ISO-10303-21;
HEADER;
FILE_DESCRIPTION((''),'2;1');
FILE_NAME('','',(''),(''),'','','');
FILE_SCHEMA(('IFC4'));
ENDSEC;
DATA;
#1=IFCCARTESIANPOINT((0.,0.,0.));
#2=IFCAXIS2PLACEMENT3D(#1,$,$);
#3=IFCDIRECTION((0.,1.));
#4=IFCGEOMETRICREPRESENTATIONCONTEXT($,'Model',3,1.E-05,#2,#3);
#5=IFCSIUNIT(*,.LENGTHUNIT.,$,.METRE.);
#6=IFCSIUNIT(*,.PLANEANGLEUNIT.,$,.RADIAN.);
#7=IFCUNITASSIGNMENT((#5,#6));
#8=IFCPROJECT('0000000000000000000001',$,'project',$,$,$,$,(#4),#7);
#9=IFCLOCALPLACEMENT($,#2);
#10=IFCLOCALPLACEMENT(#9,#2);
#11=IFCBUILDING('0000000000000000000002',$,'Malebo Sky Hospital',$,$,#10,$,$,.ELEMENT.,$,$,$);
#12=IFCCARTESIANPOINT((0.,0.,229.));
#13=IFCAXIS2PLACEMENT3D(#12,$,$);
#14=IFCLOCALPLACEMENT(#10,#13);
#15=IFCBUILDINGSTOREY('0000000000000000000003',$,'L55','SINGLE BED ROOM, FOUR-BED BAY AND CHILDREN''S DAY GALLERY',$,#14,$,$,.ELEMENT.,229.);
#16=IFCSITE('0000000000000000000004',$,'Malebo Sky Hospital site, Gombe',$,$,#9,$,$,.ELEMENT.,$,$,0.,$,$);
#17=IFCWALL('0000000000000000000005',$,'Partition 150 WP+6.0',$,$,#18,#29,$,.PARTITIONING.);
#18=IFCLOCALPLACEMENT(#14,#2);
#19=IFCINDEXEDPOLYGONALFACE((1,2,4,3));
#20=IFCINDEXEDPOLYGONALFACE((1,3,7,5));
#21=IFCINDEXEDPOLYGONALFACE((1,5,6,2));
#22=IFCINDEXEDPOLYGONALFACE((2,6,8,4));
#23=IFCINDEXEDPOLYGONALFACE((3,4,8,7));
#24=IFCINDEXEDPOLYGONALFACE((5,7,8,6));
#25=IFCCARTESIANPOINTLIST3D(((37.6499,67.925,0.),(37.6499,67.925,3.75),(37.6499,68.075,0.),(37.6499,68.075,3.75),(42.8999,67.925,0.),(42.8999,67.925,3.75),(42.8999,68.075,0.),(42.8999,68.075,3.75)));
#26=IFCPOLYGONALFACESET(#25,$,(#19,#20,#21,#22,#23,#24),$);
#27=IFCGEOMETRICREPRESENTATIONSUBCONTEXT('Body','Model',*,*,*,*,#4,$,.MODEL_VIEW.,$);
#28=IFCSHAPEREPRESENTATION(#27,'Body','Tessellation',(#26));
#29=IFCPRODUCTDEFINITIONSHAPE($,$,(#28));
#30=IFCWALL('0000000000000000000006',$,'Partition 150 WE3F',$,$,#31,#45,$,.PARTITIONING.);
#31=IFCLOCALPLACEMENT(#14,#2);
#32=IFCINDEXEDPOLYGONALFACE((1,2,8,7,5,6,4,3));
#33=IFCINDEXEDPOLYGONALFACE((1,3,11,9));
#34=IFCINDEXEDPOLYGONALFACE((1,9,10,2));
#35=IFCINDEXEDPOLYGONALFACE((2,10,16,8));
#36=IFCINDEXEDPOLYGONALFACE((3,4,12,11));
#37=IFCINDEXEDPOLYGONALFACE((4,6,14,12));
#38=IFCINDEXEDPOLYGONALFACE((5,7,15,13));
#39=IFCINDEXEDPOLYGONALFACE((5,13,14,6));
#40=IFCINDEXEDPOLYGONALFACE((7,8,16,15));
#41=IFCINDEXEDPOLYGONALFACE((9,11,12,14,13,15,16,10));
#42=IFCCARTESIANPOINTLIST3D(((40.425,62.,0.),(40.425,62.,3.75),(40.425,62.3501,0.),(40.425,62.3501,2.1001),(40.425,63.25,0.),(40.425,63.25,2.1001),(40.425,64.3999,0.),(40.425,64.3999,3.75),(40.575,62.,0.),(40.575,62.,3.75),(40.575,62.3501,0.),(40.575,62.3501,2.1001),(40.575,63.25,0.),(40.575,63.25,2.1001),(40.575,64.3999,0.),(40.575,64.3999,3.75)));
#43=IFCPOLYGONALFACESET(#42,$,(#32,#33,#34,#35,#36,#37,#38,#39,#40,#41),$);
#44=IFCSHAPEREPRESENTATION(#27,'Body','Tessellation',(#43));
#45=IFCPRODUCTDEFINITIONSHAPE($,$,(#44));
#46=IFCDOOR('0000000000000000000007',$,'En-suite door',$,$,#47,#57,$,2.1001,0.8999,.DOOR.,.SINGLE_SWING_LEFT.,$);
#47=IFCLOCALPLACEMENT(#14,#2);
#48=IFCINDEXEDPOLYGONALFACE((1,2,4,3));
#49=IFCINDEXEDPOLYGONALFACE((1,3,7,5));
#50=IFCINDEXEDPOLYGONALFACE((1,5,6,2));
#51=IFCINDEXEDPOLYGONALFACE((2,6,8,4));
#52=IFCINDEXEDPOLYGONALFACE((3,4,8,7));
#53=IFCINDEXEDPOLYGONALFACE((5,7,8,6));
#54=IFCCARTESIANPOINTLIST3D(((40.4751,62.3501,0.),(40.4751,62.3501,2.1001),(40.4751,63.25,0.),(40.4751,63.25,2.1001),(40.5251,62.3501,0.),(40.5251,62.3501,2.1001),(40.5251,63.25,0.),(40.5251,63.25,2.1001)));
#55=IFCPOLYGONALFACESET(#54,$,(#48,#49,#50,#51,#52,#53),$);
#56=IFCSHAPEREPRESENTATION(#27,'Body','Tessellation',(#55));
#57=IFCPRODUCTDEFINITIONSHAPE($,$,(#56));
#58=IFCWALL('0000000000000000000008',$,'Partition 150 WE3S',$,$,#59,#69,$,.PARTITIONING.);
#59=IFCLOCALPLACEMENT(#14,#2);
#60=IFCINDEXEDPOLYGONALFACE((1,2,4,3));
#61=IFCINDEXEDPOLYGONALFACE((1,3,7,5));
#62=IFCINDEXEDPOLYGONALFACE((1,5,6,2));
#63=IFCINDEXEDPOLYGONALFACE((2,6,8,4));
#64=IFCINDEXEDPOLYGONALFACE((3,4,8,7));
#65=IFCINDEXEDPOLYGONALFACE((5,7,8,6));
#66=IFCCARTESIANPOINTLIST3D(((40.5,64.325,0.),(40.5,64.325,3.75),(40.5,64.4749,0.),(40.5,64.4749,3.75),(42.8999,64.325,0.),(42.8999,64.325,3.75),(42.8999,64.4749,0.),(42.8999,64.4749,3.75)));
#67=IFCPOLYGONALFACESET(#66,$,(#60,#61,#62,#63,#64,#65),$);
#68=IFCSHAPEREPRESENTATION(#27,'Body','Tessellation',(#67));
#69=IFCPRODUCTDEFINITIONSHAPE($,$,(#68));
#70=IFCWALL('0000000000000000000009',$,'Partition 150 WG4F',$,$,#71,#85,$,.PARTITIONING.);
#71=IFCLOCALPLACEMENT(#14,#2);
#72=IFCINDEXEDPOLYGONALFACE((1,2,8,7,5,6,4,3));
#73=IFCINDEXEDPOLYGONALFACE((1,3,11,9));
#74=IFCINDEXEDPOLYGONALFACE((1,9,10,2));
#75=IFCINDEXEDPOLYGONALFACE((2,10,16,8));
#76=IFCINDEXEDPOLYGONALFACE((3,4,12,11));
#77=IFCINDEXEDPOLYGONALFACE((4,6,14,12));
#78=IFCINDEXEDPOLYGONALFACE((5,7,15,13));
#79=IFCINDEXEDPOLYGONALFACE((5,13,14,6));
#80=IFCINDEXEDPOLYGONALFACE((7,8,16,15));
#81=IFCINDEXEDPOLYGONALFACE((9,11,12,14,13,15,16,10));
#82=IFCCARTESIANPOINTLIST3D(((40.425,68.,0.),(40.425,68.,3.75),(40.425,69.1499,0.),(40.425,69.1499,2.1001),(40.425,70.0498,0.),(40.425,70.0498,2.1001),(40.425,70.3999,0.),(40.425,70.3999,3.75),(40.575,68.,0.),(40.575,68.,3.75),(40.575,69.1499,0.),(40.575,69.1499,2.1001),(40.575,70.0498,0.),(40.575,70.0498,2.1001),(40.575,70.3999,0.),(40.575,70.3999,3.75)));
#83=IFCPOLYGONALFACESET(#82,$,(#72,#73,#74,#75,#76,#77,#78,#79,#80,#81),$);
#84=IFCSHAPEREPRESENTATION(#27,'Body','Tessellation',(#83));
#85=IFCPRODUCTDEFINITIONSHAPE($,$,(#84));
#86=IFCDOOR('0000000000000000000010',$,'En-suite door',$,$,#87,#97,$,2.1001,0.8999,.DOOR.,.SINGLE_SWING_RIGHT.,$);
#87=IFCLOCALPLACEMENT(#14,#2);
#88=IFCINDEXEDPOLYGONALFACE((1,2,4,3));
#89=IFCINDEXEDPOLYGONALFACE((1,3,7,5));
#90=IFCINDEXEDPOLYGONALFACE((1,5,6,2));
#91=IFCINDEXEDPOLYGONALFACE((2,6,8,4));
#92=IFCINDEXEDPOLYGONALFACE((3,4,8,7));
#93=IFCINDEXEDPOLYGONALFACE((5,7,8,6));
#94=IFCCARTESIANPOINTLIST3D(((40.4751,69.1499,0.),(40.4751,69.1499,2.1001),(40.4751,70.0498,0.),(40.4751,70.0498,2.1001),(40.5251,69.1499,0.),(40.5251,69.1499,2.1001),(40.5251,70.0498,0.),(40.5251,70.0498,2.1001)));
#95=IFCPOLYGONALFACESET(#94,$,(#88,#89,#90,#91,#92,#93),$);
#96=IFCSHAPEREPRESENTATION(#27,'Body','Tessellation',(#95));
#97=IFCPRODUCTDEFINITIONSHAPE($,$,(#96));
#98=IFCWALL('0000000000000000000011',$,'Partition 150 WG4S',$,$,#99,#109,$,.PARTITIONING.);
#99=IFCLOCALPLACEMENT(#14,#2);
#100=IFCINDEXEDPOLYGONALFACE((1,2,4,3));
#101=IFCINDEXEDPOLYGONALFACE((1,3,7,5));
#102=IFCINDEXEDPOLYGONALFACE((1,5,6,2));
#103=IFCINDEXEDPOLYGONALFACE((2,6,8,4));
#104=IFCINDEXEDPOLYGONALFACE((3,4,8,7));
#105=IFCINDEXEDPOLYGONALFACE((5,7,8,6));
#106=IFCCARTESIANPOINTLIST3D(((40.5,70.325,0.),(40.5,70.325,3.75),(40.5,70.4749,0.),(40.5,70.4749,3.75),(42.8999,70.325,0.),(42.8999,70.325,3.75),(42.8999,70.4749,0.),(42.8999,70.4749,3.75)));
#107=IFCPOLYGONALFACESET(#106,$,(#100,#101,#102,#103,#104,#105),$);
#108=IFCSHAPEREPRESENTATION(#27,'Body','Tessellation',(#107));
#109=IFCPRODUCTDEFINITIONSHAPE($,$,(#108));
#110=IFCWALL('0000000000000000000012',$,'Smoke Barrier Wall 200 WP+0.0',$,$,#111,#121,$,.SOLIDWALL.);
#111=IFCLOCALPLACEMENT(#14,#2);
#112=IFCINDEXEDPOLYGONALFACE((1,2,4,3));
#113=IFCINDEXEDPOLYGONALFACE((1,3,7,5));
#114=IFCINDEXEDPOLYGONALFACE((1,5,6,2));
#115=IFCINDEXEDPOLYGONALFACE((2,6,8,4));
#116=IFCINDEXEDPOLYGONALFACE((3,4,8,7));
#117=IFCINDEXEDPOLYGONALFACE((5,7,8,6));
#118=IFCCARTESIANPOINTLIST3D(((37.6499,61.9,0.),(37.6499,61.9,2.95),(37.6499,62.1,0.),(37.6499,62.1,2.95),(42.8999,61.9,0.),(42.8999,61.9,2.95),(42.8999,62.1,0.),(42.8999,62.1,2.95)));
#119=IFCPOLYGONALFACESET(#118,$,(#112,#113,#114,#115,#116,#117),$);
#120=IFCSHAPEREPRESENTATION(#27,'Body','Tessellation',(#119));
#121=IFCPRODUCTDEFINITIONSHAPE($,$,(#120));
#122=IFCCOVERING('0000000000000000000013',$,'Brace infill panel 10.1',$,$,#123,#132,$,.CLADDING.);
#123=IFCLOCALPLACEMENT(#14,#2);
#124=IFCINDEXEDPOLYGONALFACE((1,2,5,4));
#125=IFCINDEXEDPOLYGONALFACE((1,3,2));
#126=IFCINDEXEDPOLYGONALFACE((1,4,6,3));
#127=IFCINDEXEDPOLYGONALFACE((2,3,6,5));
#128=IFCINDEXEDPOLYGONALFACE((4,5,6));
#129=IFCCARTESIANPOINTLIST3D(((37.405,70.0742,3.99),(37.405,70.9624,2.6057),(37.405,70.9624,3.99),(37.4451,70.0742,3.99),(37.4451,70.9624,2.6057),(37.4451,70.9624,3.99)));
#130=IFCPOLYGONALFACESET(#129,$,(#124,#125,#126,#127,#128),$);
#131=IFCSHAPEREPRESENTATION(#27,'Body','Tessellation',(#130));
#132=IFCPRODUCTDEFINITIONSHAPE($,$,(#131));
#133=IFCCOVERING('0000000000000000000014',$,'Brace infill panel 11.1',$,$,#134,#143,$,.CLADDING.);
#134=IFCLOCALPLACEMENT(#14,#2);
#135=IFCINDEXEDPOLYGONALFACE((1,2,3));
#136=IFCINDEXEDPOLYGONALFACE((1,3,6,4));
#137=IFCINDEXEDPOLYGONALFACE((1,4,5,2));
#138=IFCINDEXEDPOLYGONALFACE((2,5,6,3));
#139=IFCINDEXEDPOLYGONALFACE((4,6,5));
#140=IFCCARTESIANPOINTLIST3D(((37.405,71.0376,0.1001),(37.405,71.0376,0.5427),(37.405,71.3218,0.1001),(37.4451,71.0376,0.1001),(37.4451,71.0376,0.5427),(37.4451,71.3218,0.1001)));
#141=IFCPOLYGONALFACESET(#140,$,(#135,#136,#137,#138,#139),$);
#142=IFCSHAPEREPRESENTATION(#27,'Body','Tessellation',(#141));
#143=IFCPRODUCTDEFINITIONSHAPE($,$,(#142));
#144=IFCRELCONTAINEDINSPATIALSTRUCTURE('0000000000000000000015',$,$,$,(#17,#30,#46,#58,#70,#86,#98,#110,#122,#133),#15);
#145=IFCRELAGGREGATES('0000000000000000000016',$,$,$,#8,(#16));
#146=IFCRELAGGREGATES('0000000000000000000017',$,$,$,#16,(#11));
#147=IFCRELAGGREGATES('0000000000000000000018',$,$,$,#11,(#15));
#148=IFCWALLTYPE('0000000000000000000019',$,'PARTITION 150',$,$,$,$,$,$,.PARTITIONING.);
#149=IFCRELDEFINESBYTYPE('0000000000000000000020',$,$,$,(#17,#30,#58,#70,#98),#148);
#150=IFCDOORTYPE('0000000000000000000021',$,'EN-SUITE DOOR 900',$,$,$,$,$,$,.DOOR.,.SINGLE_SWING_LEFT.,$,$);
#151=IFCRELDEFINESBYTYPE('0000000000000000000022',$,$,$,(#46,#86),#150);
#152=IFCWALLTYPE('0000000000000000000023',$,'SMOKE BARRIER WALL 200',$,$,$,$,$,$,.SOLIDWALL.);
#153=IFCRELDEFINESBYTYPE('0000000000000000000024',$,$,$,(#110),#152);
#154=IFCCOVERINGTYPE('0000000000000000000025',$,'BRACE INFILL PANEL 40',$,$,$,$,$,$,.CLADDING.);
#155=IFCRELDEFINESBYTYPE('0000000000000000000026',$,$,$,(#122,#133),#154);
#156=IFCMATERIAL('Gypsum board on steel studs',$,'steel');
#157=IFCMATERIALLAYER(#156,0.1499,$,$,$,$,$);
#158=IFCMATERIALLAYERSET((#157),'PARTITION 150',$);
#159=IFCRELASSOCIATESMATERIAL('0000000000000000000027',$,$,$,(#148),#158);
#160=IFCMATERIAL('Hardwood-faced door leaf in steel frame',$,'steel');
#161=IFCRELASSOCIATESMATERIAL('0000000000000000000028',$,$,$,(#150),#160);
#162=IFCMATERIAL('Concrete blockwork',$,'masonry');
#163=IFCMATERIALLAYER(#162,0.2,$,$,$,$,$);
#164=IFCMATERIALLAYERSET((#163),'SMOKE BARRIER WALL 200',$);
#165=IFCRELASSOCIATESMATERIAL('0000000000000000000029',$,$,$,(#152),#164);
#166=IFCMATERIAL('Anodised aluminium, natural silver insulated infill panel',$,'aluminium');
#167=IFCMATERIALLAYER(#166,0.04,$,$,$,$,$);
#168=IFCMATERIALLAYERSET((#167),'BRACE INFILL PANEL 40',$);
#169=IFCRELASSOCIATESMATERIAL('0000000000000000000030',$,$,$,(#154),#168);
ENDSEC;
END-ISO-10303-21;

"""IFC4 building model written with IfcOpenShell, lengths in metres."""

from ifc_helpers import new_model, si_unit, direction, frame, frame_2d, origin, place, context, subcontext, project, spatial, polyline, rectangle, outline, extrude, material, layer, layer_set, type_object, element, fill, save


model = new_model("IFC4")

# Units and contexts
model_context = context("Model", 3, precision=1e-05, world=origin(), true_north=direction((0.0, 1.0)))
body_context = subcontext(model_context, "Body", "Model", "MODEL_VIEW")
ifc_project = project(units=[si_unit("LENGTHUNIT", "METRE"), si_unit("PLANEANGLEUNIT", "RADIAN")], contexts=[model_context])

# Site, building, storey
site_placement = place(None, origin())
site = spatial("IfcSite", under=ifc_project, at=site_placement, Name="Malebo Sky Hospital site, Gombe", CompositionType="ELEMENT", RefElevation=0.0)
building_placement = place(site_placement, origin())
building = spatial("IfcBuilding", under=site, at=building_placement, Name="Malebo Sky Hospital", CompositionType="ELEMENT")
storey_placement = place(building_placement, frame((0.0, 0.0, 229.0)))
storey = spatial("IfcBuildingStorey", under=building, at=storey_placement, Name="L55", Description="SINGLE BED ROOM, FOUR-BED BAY AND CHILDREN'S DAY GALLERY", CompositionType="ELEMENT", Elevation=229.0)

# Shared definitions
ifc_material_1 = material(Name="Gypsum board on steel studs", Category="steel")
ifc_material_2 = material(Name="Hardwood-faced door leaf in steel frame", Category="steel")

# Wall
ifc_layer_1 = layer(ifc_material_1, 0.1499)
ifc_layer_set_1 = layer_set([ifc_layer_1], Name="PARTITION 150")
wall_type_1 = type_object("IfcWallType", Name="PARTITION 150", PredefinedType="PARTITIONING", material=ifc_layer_set_1)
wall_1_placement = place(storey_placement, frame((42.8999, 68.0, 0.0), z_axis=(0.0, 0.0, 1.0), x_axis=(-1.0, 0.0, 0.0)))
element("IfcWall", 1, at=wall_1_placement, inside=storey, type_object=wall_type_1, Name="Partition 150 WP+6.0", PredefinedType="PARTITIONING", context=body_context, shape_type="SweptSolid", body=[
    extrude(rectangle(XDim=5.25, YDim=0.1499, at=frame_2d((2.625, 0.0))), origin(), (0.0, 0.0, 1.0), 3.75),
])

# Wall, opening, door
wall_2_placement = place(storey_placement, frame((40.5, 62.0, 0.0), z_axis=(0.0, 0.0, 1.0), x_axis=(0.0, 1.0, 0.0)))
wall_2 = element("IfcWall", 2, at=wall_2_placement, inside=storey, type_object=wall_type_1, Name="Partition 150 WE3F", PredefinedType="PARTITIONING", context=body_context, shape_type="SweptSolid", body=[
    extrude(rectangle(XDim=2.3999, YDim=0.1499, at=frame_2d((1.2, 0.0))), origin(), (0.0, 0.0, 1.0), 3.75),
])
opening_1_placement = place(wall_2_placement, frame((0.3501, 0.0, 0.0)))
opening_1 = element("IfcOpeningElement", 3, at=opening_1_placement, cuts=wall_2, PredefinedType="OPENING", context=body_context, shape_type="SweptSolid", body=[
    extrude(rectangle(XDim=0.8999, YDim=2.1001, at=frame_2d((0.45, 1.05))), frame((0.0, 0.085, 0.0), z_axis=(0.0, -1.0, 0.0), x_axis=(1.0, 0.0, 0.0)), (0.0, 0.0, 1.0), 0.1699),
])
door_type_1 = type_object("IfcDoorType", Name="EN-SUITE DOOR 900", OperationType="SINGLE_SWING_LEFT", PredefinedType="DOOR", material=ifc_material_2)
door_1_placement = place(opening_1_placement, origin())
door_1 = element("IfcDoor", 4, at=door_1_placement, inside=storey, type_object=door_type_1, Name="En-suite door", OperationType="SINGLE_SWING_LEFT", OverallHeight=2.1001, OverallWidth=0.8999, PredefinedType="DOOR", context=body_context, shape_type="SweptSolid", body=[
    extrude(rectangle(XDim=0.8999, YDim=2.1001, at=frame_2d((0.45, 1.05))), frame((0.0, 0.0249, 0.0), z_axis=(0.0, -1.0, 0.0), x_axis=(1.0, 0.0, 0.0)), (0.0, 0.0, 1.0), 0.05),
])
fill(opening_1, door_1)

# Wall
wall_3_placement = place(storey_placement, frame((42.8999, 64.3999, 0.0), z_axis=(0.0, 0.0, 1.0), x_axis=(-1.0, 0.0, 0.0)))
element("IfcWall", 5, at=wall_3_placement, inside=storey, type_object=wall_type_1, Name="Partition 150 WE3S", PredefinedType="PARTITIONING", context=body_context, shape_type="SweptSolid", body=[
    extrude(rectangle(XDim=2.3999, YDim=0.1499, at=frame_2d((1.2, 0.0))), origin(), (0.0, 0.0, 1.0), 3.75),
])

# Wall, opening, door
wall_4_placement = place(storey_placement, frame((40.5, 68.0, 0.0), z_axis=(0.0, 0.0, 1.0), x_axis=(0.0, 1.0, 0.0)))
wall_4 = element("IfcWall", 6, at=wall_4_placement, inside=storey, type_object=wall_type_1, Name="Partition 150 WG4F", PredefinedType="PARTITIONING", context=body_context, shape_type="SweptSolid", body=[
    extrude(rectangle(XDim=2.3999, YDim=0.1499, at=frame_2d((1.2, 0.0))), origin(), (0.0, 0.0, 1.0), 3.75),
])
opening_2_placement = place(wall_4_placement, frame((1.1499, 0.0, 0.0)))
opening_2 = element("IfcOpeningElement", 7, at=opening_2_placement, cuts=wall_4, PredefinedType="OPENING", context=body_context, shape_type="SweptSolid", body=[
    extrude(rectangle(XDim=0.8999, YDim=2.1001, at=frame_2d((0.45, 1.05))), frame((0.0, 0.085, 0.0), z_axis=(0.0, -1.0, 0.0), x_axis=(1.0, 0.0, 0.0)), (0.0, 0.0, 1.0), 0.1699),
])
door_2_placement = place(opening_2_placement, origin())
door_2 = element("IfcDoor", 8, at=door_2_placement, inside=storey, type_object=door_type_1, Name="En-suite door", OperationType="SINGLE_SWING_RIGHT", OverallHeight=2.1001, OverallWidth=0.8999, PredefinedType="DOOR", context=body_context, shape_type="SweptSolid", body=[
    extrude(rectangle(XDim=0.8999, YDim=2.1001, at=frame_2d((0.45, 1.05))), frame((0.0, 0.0249, 0.0), z_axis=(0.0, -1.0, 0.0), x_axis=(1.0, 0.0, 0.0)), (0.0, 0.0, 1.0), 0.05),
])
fill(opening_2, door_2)

# Walls
wall_5_placement = place(storey_placement, frame((42.8999, 70.3999, 0.0), z_axis=(0.0, 0.0, 1.0), x_axis=(-1.0, 0.0, 0.0)))
element("IfcWall", 9, at=wall_5_placement, inside=storey, type_object=wall_type_1, Name="Partition 150 WG4S", PredefinedType="PARTITIONING", context=body_context, shape_type="SweptSolid", body=[
    extrude(rectangle(XDim=2.3999, YDim=0.1499, at=frame_2d((1.2, 0.0))), origin(), (0.0, 0.0, 1.0), 3.75),
])
ifc_material_3 = material(Name="Concrete blockwork", Category="masonry")
ifc_layer_2 = layer(ifc_material_3, 0.2)
ifc_layer_set_2 = layer_set([ifc_layer_2], Name="SMOKE BARRIER WALL 200")
wall_type_2 = type_object("IfcWallType", Name="SMOKE BARRIER WALL 200", PredefinedType="SOLIDWALL", material=ifc_layer_set_2)
wall_6_placement = place(storey_placement, frame((42.8999, 62.0, 0.0), z_axis=(0.0, 0.0, 1.0), x_axis=(-1.0, 0.0, 0.0)))
element("IfcWall", 10, at=wall_6_placement, inside=storey, type_object=wall_type_2, Name="Smoke Barrier Wall 200 WP+0.0", PredefinedType="SOLIDWALL", context=body_context, shape_type="SweptSolid", body=[
    extrude(rectangle(XDim=5.25, YDim=0.2, at=frame_2d((2.625, 0.0))), origin(), (0.0, 0.0, 1.0), 2.95),
])

# Coverings
ifc_material_4 = material(Name="Anodised aluminium, natural silver insulated infill panel", Category="aluminium")
ifc_layer_3 = layer(ifc_material_4, 0.04)
ifc_layer_set_3 = layer_set([ifc_layer_3], Name="BRACE INFILL PANEL 40")
covering_type = type_object("IfcCoveringType", Name="BRACE INFILL PANEL 40", PredefinedType="CLADDING", material=ifc_layer_set_3)
covering_1_placement = place(storey_placement, frame((37.425, 70.5183, 2.6057), z_axis=(0.0, 0.0, 1.0), x_axis=(0.0, 1.0, 0.0)))
element("IfcCovering", 11, at=covering_1_placement, inside=storey, type_object=covering_type, Name="Brace infill panel 10.1", PredefinedType="CLADDING", context=body_context, shape_type="SweptSolid", body=[
    extrude(outline(polyline([(0.4441, 0.0), (0.4441, 1.3843), (-0.4441, 1.3843), (0.4441, 0.0)])), frame((0.0, 0.02, 0.0), z_axis=(0.0, -1.0, 0.0), x_axis=(1.0, 0.0, 0.0)), (0.0, 0.0, 1.0), 0.04),
])
covering_2_placement = place(storey_placement, frame((37.425, 71.1797, 0.1001), z_axis=(0.0, 0.0, 1.0), x_axis=(0.0, 1.0, 0.0)))
element("IfcCovering", 12, at=covering_2_placement, inside=storey, type_object=covering_type, Name="Brace infill panel 11.1", PredefinedType="CLADDING", context=body_context, shape_type="SweptSolid", body=[
    extrude(outline(polyline([(-0.1421, 0.0), (0.1421, 0.0), (-0.1421, 0.4426), (-0.1421, 0.0)])), frame((0.0, 0.02, 0.0), z_axis=(0.0, -1.0, 0.0), x_axis=(1.0, 0.0, 0.0)), (0.0, 0.0, 1.0), 0.04),
])

save(model, "model.ifc")
